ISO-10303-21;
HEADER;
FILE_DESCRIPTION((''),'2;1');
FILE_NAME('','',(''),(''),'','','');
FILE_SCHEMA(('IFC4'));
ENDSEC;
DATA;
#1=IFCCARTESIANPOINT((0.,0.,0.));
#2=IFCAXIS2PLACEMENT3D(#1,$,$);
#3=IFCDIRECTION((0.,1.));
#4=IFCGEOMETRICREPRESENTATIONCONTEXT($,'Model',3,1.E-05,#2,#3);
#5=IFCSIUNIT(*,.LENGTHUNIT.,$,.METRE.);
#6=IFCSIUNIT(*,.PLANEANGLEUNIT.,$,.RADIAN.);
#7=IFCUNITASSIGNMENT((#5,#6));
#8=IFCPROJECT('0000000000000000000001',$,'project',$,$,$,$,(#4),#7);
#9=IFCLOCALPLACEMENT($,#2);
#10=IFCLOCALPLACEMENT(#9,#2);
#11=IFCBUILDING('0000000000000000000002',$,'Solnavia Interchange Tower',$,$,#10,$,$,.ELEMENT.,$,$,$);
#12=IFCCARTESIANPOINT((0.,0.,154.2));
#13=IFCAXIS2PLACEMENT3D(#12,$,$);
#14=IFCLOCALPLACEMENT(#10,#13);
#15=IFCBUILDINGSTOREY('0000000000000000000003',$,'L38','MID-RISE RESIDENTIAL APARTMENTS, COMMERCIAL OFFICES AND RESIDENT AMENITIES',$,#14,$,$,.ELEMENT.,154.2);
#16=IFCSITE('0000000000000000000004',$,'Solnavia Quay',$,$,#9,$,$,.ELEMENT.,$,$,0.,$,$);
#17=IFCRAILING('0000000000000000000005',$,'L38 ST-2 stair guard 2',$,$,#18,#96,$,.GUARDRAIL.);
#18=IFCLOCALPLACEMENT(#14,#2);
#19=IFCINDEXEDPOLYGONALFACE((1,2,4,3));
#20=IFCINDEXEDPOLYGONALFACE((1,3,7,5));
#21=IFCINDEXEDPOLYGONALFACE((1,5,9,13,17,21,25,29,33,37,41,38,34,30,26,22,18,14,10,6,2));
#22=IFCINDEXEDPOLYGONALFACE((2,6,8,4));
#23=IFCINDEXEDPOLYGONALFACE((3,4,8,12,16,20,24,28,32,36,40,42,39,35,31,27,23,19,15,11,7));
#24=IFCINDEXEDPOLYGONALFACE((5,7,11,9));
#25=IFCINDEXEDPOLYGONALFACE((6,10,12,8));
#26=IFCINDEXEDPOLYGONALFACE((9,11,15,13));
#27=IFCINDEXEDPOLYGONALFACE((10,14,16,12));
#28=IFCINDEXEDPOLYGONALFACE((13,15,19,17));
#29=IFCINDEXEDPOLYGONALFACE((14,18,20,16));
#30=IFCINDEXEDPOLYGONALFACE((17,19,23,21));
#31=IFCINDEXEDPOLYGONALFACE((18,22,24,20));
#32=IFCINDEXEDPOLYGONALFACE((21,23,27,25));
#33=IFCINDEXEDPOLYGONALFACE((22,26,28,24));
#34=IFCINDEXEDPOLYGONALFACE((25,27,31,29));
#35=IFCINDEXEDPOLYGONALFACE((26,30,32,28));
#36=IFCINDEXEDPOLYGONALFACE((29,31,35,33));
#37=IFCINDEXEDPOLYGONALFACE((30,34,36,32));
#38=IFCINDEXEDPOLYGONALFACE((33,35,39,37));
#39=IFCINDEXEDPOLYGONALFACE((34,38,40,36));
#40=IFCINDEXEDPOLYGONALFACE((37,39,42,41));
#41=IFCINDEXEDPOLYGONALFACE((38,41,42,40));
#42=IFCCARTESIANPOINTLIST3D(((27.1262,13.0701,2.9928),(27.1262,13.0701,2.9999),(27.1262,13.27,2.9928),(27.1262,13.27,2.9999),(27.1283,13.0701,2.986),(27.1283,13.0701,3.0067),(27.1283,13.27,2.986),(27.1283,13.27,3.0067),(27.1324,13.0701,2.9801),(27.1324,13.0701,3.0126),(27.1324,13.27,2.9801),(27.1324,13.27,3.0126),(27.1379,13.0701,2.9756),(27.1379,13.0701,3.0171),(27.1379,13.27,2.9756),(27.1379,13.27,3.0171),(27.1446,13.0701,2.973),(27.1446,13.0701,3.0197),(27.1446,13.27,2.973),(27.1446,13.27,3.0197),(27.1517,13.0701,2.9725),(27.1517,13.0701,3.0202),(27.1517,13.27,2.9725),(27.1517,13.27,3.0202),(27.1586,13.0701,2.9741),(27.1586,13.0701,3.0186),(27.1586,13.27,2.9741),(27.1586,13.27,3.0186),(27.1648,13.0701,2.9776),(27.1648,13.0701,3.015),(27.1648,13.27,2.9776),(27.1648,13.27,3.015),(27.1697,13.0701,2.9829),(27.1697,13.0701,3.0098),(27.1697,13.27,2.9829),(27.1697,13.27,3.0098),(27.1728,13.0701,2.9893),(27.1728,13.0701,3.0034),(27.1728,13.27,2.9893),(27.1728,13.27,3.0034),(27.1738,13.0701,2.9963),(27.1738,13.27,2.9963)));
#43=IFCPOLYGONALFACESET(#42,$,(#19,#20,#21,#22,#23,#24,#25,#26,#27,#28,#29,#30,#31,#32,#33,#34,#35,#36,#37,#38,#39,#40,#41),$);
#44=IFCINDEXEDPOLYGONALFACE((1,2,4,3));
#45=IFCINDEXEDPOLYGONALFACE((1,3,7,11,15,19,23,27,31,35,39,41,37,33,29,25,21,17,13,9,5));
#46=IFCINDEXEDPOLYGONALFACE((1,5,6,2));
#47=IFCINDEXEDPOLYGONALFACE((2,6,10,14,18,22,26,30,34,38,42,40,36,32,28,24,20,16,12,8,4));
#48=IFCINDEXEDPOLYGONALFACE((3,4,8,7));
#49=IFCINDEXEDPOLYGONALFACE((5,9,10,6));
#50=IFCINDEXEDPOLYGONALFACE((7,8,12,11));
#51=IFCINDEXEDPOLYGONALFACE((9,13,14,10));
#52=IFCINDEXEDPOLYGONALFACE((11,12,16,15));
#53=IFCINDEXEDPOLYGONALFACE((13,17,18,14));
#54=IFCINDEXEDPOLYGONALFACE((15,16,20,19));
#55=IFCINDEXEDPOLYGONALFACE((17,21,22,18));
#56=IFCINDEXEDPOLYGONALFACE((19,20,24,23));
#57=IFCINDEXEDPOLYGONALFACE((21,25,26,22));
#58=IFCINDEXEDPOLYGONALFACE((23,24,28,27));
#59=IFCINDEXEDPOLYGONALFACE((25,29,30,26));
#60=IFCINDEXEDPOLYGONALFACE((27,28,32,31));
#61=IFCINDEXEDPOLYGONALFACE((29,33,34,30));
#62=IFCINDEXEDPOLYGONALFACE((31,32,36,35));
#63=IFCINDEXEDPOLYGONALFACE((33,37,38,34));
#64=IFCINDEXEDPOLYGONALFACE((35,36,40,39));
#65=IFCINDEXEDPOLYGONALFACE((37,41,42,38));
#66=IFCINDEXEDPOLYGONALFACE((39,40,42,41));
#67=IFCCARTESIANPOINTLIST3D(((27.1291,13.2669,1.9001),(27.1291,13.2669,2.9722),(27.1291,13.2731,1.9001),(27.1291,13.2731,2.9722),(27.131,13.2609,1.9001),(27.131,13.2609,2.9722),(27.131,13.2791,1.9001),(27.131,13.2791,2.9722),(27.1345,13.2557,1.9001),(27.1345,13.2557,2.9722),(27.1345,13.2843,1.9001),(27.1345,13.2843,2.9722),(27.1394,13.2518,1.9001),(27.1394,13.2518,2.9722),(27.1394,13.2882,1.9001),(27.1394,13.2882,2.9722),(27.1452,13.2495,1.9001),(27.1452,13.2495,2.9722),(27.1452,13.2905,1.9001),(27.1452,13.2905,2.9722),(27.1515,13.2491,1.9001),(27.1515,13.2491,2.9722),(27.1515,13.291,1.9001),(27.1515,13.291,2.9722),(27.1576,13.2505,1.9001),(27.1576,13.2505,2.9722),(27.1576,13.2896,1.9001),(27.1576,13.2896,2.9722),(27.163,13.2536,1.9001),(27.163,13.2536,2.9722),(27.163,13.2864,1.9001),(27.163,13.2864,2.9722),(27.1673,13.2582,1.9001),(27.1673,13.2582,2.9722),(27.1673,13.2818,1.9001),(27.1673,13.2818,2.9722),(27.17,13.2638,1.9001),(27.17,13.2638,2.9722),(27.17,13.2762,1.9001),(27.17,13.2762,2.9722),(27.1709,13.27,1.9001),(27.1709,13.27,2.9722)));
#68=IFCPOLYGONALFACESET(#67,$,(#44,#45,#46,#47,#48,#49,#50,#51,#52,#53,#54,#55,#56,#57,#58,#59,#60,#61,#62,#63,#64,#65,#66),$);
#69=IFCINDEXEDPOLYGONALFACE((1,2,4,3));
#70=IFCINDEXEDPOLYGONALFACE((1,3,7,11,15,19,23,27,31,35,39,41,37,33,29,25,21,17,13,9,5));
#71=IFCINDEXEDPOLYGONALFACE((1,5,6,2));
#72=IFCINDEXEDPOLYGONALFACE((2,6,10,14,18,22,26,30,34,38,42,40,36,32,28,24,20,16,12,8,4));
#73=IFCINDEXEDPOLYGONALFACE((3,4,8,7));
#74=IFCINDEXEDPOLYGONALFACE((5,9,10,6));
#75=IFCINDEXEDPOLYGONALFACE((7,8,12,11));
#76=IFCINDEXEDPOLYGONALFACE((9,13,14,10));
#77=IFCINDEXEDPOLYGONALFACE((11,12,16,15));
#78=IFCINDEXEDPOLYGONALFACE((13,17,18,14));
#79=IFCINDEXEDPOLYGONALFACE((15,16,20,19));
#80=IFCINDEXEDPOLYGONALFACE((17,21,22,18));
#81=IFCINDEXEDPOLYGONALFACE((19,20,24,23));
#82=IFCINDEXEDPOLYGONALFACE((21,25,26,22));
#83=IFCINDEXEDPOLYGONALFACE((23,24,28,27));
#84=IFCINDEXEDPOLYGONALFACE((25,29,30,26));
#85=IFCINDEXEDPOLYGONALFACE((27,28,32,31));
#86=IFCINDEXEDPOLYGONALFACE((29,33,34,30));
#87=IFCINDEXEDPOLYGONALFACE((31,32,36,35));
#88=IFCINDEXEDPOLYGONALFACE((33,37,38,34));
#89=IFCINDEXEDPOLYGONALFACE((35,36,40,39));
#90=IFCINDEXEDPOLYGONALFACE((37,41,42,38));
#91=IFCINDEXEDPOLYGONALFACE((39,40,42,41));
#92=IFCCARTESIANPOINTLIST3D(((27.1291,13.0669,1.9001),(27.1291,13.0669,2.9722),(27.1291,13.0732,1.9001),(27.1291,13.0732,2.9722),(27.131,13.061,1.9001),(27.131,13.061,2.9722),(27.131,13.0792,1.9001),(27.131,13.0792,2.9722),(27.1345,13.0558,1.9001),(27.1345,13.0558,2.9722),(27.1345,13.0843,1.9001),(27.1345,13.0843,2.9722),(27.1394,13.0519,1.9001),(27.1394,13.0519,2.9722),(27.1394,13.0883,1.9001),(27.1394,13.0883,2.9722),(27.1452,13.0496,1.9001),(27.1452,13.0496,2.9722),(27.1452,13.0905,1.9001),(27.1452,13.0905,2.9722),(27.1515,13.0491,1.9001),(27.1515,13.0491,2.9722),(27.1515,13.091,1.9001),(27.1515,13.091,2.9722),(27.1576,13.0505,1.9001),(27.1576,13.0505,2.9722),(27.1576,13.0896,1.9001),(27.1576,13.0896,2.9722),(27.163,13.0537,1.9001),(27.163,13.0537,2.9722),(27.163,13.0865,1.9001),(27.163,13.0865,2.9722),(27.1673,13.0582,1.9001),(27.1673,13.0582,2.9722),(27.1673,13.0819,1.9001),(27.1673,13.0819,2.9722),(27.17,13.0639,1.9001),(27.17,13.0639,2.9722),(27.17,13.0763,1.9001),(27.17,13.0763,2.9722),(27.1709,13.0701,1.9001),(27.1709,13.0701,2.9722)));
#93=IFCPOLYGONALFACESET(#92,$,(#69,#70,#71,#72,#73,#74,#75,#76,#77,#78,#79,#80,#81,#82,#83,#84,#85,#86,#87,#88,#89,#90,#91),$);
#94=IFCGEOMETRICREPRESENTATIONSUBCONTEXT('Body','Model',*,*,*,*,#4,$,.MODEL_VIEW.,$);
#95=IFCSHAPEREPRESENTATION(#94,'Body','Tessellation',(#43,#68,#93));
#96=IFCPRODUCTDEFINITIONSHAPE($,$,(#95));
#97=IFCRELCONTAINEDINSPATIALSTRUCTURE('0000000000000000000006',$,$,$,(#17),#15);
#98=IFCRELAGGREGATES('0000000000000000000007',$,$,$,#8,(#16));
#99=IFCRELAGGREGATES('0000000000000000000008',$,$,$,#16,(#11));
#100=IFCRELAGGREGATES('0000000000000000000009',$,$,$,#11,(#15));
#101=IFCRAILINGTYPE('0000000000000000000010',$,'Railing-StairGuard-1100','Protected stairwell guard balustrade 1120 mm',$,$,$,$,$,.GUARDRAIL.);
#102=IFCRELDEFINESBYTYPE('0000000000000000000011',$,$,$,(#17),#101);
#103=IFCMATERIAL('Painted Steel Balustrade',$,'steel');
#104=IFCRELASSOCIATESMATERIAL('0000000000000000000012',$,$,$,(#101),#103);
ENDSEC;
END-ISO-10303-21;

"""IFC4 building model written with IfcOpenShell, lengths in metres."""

from ifc_helpers import new_model, si_unit, direction, frame, origin, origin_2d, place, context, subcontext, project, spatial, circle, extrude, material, type_object, element, save


model = new_model("IFC4")

# Units and contexts
model_context = context("Model", 3, precision=1e-05, world=origin(), true_north=direction((0.0, 1.0)))
body_context = subcontext(model_context, "Body", "Model", "MODEL_VIEW")
ifc_project = project(units=[si_unit("LENGTHUNIT", "METRE"), si_unit("PLANEANGLEUNIT", "RADIAN")], contexts=[model_context])

# Site, building, storey
site_placement = place(None, origin())
site = spatial("IfcSite", under=ifc_project, at=site_placement, Name="Solnavia Quay", CompositionType="ELEMENT", RefElevation=0.0)
building_placement = place(site_placement, origin())
building = spatial("IfcBuilding", under=site, at=building_placement, Name="Solnavia Interchange Tower", CompositionType="ELEMENT")
storey_placement = place(building_placement, frame((0.0, 0.0, 154.2)))
storey = spatial("IfcBuildingStorey", under=building, at=storey_placement, Name="L38", Description="MID-RISE RESIDENTIAL APARTMENTS, COMMERCIAL OFFICES AND RESIDENT AMENITIES", CompositionType="ELEMENT", Elevation=154.2)

# Railing
ifc_material_1 = material(Name="Painted Steel Balustrade", Category="steel")
railing_type_1 = type_object("IfcRailingType", Name="Railing-StairGuard-1100", Description="Protected stairwell guard balustrade 1120 mm", PredefinedType="GUARDRAIL", material=ifc_material_1)
railing_1_placement = place(storey_placement, frame((27.1499, 13.27, 1.9001)))
element("IfcRailing", 1, at=railing_1_placement, inside=storey, type_object=railing_type_1, Name="L38 ST-2 stair guard 2", PredefinedType="GUARDRAIL", context=body_context, shape_type="SweptSolid", body=[
    extrude(circle(Radius=0.0239, at=origin_2d()), frame((0.0, 0.0, 1.0962), z_axis=(0.0, -1.0, 0.0), x_axis=(1.0, 0.0, 0.0)), (0.0, 0.0, 1.0), 0.2),
    extrude(circle(Radius=0.021, at=origin_2d()), origin(), (0.0, 0.0, 1.0), 1.072),
    extrude(circle(Radius=0.021, at=origin_2d()), frame((0.0, -0.2, 0.0)), (0.0, 0.0, 1.0), 1.072),
])

save(model, "model.ifc")
